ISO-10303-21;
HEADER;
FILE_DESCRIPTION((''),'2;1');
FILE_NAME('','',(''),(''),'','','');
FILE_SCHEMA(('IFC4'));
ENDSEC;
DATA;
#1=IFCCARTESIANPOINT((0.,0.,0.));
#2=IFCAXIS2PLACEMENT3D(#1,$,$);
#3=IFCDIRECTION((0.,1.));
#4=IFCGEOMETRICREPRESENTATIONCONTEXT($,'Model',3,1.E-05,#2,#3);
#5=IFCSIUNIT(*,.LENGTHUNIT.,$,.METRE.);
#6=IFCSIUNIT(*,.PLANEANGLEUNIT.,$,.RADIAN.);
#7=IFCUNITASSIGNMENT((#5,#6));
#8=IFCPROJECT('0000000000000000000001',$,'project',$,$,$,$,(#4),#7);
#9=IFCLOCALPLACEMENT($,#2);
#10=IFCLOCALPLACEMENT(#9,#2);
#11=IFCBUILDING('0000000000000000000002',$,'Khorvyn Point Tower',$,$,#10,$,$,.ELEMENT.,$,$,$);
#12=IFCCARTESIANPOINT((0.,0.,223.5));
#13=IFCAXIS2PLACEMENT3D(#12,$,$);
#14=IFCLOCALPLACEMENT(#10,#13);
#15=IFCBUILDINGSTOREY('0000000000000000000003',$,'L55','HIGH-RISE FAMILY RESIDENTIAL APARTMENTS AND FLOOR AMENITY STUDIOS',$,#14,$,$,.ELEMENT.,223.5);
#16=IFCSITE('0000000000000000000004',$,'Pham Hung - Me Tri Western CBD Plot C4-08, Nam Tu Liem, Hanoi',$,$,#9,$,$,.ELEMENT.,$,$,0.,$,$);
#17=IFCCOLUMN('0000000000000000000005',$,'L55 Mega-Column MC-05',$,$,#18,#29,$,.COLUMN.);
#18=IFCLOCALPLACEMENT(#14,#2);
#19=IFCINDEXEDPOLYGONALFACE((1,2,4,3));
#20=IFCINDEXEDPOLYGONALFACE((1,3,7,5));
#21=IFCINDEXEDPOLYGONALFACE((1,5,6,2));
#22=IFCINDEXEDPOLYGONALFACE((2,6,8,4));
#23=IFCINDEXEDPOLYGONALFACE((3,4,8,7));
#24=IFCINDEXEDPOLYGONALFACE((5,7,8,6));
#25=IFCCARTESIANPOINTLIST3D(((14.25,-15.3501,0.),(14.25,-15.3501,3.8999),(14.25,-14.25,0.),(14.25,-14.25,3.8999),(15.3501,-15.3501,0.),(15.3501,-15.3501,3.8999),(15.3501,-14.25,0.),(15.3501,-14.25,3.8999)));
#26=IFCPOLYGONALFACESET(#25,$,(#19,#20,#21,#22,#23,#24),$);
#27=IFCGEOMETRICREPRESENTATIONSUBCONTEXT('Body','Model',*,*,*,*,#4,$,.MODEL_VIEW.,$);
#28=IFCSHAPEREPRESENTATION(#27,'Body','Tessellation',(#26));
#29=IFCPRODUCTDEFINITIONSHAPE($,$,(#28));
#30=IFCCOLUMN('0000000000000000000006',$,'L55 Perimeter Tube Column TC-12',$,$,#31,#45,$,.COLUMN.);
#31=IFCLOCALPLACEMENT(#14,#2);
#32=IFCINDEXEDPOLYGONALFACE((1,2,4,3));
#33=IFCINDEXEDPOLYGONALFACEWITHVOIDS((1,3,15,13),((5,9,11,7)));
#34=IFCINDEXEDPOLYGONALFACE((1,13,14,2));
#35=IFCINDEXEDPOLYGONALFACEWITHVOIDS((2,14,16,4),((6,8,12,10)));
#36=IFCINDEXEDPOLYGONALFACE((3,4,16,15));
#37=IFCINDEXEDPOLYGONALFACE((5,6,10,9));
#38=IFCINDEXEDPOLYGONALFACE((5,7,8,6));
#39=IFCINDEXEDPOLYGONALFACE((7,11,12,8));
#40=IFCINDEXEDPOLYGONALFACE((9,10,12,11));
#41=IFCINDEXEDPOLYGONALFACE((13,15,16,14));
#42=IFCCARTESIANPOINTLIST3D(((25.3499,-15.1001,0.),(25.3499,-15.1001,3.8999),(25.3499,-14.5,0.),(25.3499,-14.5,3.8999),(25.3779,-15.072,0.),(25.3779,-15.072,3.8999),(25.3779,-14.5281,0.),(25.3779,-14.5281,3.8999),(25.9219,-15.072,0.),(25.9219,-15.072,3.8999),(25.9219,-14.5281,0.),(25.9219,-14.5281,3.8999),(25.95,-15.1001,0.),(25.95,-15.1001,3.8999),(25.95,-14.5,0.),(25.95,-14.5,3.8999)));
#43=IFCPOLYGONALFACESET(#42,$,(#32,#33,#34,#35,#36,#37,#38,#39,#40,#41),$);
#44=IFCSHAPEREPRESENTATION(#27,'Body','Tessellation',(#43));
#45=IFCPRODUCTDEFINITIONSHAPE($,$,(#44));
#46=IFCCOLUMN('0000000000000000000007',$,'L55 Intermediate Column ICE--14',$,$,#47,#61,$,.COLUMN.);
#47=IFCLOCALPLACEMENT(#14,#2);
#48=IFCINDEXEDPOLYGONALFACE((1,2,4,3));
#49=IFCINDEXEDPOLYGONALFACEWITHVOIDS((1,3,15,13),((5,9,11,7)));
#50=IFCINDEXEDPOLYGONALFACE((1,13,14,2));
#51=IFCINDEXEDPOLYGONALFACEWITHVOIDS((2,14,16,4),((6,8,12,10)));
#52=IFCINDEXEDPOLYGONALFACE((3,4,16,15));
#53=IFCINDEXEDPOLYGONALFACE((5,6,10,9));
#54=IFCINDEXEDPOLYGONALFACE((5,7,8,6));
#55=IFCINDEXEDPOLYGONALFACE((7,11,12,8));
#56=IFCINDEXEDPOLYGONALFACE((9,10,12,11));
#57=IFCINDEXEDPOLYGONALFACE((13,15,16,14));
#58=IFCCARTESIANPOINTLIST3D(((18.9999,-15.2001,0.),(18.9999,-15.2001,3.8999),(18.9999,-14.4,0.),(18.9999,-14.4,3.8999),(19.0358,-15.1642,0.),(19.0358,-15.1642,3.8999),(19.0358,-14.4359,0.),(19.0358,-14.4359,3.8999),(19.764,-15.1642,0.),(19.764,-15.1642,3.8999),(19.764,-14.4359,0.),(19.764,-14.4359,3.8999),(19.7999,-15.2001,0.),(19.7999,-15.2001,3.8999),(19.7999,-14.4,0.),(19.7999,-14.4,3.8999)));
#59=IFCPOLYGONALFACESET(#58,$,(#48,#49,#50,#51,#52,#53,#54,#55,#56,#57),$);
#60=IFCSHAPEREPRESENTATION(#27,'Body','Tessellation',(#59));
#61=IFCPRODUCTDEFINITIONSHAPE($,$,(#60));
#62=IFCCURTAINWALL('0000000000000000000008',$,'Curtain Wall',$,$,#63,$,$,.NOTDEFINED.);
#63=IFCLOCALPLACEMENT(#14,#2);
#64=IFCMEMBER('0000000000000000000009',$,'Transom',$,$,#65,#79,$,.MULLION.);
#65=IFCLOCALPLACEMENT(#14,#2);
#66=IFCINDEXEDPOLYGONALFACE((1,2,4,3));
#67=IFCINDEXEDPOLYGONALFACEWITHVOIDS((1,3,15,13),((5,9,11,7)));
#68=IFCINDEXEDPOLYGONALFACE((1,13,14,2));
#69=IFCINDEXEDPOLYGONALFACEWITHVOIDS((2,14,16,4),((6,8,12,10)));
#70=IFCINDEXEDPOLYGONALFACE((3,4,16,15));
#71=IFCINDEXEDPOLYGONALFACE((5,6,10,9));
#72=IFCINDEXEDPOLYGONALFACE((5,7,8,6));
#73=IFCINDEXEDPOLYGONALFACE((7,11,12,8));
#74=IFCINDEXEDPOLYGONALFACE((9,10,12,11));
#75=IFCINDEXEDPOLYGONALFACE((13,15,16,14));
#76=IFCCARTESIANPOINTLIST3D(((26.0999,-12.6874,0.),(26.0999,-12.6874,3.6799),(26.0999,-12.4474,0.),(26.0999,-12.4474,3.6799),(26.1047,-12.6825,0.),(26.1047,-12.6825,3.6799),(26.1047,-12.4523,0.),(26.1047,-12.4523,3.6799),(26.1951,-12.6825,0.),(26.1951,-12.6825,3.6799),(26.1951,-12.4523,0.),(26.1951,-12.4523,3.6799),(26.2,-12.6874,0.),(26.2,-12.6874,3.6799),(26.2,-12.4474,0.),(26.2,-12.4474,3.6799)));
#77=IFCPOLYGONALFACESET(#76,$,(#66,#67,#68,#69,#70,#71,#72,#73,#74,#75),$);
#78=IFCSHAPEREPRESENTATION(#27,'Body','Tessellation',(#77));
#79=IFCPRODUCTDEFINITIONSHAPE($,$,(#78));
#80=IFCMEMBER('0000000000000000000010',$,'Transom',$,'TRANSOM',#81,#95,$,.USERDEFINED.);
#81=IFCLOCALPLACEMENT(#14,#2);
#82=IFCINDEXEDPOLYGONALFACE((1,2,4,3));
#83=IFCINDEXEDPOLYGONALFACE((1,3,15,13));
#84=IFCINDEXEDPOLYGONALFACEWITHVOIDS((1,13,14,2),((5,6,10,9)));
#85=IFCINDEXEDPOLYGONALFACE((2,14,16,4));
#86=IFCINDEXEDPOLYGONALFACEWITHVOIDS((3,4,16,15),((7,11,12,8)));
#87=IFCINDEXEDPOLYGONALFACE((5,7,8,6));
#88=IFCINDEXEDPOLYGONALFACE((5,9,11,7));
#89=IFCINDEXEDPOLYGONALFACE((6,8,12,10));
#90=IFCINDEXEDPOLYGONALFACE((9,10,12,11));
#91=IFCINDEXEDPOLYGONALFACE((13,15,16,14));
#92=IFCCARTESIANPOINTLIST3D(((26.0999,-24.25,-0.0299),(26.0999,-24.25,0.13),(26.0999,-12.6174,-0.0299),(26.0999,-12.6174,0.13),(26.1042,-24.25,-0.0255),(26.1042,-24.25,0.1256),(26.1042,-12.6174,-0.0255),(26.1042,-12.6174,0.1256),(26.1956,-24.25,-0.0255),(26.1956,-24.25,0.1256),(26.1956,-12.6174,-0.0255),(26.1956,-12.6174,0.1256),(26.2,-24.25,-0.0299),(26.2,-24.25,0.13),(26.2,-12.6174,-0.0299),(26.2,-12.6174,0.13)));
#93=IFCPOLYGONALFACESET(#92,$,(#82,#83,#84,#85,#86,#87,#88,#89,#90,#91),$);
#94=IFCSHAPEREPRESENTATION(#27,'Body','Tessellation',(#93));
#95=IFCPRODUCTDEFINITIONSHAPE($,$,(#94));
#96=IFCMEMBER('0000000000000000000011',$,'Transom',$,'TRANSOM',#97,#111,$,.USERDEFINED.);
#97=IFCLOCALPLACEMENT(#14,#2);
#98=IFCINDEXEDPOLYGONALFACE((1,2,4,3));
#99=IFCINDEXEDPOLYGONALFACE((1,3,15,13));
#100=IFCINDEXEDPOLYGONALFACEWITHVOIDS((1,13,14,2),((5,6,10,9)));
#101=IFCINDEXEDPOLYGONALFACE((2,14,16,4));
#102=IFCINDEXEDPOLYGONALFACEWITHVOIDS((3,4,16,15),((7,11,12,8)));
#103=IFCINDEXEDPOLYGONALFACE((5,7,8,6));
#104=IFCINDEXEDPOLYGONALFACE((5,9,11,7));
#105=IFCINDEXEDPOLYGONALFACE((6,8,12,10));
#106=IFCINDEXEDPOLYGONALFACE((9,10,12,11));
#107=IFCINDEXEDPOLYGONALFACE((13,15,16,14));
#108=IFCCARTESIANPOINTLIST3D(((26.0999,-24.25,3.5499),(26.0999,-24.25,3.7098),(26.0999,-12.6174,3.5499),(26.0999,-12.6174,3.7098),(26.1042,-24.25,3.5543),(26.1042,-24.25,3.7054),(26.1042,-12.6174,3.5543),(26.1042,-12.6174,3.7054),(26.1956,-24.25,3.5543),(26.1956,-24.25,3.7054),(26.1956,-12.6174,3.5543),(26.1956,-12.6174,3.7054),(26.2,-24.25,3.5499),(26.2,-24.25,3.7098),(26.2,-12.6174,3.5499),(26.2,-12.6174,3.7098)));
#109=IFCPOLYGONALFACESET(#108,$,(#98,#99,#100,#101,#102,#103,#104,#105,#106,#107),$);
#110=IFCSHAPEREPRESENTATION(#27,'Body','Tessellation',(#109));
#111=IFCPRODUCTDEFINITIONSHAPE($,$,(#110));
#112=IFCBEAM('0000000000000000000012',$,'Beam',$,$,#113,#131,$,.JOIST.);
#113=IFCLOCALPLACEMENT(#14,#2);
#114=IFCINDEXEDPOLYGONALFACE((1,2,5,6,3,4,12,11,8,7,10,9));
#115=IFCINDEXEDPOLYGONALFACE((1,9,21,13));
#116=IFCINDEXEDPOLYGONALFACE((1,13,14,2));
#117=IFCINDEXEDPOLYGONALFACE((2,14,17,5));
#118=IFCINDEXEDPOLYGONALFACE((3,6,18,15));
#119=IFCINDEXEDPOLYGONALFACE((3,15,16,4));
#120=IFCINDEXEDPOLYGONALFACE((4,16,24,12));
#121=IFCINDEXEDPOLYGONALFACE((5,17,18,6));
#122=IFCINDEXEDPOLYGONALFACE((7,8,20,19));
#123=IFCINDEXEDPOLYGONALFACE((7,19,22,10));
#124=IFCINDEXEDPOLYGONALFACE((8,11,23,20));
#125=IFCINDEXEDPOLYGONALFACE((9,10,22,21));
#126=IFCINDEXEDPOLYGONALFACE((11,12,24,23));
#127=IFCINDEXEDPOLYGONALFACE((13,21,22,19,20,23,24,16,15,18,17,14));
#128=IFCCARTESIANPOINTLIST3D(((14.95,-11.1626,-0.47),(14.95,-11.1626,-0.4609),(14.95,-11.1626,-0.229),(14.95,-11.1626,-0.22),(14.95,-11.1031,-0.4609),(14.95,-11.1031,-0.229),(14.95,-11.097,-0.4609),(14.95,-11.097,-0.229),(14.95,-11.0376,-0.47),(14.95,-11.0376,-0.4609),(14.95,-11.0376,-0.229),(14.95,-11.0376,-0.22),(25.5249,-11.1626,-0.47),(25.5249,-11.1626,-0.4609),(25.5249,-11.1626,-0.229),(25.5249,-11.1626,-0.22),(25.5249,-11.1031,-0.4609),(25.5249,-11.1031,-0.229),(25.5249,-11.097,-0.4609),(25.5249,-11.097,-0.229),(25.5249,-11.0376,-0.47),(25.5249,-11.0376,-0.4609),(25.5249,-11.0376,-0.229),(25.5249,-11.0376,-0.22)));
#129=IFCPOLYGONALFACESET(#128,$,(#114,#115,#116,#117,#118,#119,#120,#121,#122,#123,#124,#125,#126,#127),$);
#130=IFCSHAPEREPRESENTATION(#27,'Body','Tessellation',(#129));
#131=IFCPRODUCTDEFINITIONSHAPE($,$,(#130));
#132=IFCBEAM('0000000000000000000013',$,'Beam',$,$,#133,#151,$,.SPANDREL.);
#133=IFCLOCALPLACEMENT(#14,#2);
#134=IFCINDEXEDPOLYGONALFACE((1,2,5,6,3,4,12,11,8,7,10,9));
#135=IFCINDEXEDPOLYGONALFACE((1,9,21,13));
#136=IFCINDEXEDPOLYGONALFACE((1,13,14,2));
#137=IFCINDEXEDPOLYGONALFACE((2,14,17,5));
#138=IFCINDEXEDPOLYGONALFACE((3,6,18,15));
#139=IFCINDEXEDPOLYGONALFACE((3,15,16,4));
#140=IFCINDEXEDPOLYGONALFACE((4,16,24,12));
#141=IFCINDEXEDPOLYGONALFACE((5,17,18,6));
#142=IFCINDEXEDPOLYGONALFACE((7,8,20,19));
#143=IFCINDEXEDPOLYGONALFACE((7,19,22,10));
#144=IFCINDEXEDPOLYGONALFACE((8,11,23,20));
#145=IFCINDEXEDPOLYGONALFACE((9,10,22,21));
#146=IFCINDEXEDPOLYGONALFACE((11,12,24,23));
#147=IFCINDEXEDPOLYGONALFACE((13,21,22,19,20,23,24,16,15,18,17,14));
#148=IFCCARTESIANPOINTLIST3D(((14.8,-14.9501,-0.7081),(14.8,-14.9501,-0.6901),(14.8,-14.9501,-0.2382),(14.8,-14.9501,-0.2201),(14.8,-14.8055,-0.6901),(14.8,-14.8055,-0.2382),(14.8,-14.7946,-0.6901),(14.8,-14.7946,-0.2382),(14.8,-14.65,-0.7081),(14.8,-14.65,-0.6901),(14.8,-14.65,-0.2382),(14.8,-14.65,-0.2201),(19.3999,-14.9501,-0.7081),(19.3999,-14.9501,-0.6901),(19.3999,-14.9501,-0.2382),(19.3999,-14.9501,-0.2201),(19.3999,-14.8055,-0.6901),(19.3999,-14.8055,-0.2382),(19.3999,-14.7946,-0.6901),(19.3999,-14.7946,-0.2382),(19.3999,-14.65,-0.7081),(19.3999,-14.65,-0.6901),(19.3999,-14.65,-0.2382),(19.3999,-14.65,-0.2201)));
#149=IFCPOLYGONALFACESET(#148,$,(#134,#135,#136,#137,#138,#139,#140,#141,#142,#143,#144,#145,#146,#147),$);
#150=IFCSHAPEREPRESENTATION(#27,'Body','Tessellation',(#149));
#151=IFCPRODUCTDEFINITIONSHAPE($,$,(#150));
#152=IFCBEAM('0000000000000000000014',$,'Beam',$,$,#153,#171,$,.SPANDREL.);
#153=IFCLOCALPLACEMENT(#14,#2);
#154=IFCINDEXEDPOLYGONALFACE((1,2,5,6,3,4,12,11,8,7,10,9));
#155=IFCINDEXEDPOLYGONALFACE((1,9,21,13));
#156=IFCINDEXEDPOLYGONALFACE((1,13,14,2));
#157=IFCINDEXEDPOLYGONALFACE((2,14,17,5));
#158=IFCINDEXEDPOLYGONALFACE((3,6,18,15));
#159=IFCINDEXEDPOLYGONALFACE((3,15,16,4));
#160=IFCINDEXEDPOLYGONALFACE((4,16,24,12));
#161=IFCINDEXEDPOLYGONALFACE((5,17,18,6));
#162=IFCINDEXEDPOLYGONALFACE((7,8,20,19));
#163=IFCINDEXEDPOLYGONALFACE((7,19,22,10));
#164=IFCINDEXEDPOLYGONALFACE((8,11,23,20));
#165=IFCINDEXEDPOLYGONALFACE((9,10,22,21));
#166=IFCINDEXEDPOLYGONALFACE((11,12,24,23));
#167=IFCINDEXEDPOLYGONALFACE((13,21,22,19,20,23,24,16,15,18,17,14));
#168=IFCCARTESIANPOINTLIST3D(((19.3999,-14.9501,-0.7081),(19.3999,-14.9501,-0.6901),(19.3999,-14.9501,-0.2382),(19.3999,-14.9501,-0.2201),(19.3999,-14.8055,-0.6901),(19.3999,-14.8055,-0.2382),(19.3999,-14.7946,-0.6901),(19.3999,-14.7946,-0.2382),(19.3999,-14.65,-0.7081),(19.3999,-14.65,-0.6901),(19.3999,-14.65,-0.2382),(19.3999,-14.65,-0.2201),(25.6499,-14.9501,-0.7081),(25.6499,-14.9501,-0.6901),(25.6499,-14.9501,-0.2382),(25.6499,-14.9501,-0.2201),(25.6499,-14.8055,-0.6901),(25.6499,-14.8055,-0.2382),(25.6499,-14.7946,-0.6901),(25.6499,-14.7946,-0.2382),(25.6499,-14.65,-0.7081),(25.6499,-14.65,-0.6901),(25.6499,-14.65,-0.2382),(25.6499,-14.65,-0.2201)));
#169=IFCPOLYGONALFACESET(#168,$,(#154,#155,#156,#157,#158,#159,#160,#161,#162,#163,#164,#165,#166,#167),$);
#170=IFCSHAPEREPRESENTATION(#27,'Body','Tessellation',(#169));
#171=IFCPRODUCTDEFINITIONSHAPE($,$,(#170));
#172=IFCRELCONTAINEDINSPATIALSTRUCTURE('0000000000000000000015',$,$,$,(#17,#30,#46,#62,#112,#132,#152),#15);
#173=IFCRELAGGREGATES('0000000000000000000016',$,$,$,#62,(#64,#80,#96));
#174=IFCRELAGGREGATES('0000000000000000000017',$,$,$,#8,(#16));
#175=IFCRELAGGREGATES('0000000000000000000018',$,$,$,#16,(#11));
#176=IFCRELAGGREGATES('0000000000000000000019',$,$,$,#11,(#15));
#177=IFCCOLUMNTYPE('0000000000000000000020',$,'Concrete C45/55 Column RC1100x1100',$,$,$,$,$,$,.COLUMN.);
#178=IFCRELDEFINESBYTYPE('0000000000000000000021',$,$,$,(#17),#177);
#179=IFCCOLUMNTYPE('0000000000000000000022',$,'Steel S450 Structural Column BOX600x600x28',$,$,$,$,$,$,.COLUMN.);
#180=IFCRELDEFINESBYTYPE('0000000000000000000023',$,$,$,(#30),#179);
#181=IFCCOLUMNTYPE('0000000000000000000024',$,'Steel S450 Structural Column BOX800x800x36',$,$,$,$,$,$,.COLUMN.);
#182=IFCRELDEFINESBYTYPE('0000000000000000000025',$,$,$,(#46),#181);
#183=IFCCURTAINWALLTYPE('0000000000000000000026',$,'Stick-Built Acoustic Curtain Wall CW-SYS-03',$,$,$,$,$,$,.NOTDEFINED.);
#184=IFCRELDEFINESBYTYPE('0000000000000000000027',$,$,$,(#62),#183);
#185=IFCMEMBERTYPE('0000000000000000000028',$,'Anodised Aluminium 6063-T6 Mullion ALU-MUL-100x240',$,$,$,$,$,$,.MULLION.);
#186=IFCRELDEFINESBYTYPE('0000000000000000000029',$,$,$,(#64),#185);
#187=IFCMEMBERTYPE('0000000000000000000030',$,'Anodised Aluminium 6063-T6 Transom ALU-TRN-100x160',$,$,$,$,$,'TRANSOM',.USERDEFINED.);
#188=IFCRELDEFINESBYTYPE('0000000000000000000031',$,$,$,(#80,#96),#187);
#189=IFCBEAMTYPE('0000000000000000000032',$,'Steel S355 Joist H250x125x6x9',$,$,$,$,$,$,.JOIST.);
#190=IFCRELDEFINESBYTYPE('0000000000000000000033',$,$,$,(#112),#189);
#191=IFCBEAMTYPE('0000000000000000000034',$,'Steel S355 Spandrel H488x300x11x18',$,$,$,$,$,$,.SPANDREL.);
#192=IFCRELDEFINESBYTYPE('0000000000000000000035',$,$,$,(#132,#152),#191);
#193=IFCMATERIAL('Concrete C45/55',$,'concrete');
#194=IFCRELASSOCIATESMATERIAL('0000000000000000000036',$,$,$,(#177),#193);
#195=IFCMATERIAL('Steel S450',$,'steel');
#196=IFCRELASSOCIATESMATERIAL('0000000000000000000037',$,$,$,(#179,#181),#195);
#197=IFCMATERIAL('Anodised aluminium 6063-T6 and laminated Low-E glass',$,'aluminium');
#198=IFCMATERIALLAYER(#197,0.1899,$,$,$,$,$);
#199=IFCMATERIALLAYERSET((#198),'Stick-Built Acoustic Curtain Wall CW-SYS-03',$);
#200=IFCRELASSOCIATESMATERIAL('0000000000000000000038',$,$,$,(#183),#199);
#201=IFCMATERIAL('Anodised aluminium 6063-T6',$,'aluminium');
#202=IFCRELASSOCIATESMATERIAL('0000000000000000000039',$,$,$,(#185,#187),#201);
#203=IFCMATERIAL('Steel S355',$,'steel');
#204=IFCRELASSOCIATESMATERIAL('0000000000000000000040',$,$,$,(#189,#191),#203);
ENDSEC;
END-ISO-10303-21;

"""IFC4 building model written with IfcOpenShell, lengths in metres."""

from ifc_helpers import new_model, si_unit, direction, frame, origin, origin_2d, place, context, subcontext, project, spatial, rectangle, hollow_rectangle, i_section, extrude, material, layer, layer_set, material_profile, profile_set, type_object, element, aggregate, save


model = new_model("IFC4")

# Units and contexts
model_context = context("Model", 3, precision=1e-05, world=origin(), true_north=direction((0.0, 1.0)))
body_context = subcontext(model_context, "Body", "Model", "MODEL_VIEW")
ifc_project = project(units=[si_unit("LENGTHUNIT", "METRE"), si_unit("PLANEANGLEUNIT", "RADIAN")], contexts=[model_context])

# Site, building, storey
site_placement = place(None, origin())
site = spatial("IfcSite", under=ifc_project, at=site_placement, Name="Pham Hung - Me Tri Western CBD Plot C4-08, Nam Tu Liem, Hanoi", CompositionType="ELEMENT", RefElevation=0.0)
building_placement = place(site_placement, origin())
building = spatial("IfcBuilding", under=site, at=building_placement, Name="Khorvyn Point Tower", CompositionType="ELEMENT")
storey_placement = place(building_placement, frame((0.0, 0.0, 223.5)))
storey = spatial("IfcBuildingStorey", under=building, at=storey_placement, Name="L55", Description="HIGH-RISE FAMILY RESIDENTIAL APARTMENTS AND FLOOR AMENITY STUDIOS", CompositionType="ELEMENT", Elevation=223.5)

# Columns
ifc_material_1 = material(Name="Concrete C45/55", Category="concrete")
ifc_material_profile_1 = material_profile(ifc_material_1, rectangle(XDim=1.1001, YDim=1.1001, at=origin_2d()))
ifc_profile_set_1 = profile_set([ifc_material_profile_1], Name="Concrete C45/55 RC1100x1100")
column_type_1 = type_object("IfcColumnType", Name="Concrete C45/55 Column RC1100x1100", PredefinedType="COLUMN", material=ifc_profile_set_1)
column_1_placement = place(storey_placement, frame((14.8, -14.8, 0.0), z_axis=(0.0, 0.0, 1.0), x_axis=(1.0, 0.0, 0.0)))
element("IfcColumn", 1, at=column_1_placement, inside=storey, type_object=column_type_1, Name="L55 Mega-Column MC-05", PredefinedType="COLUMN", context=body_context, shape_type="SweptSolid", body=[
    extrude(rectangle(XDim=1.1001, YDim=1.1001, at=origin_2d()), origin(), (0.0, 0.0, 1.0), 3.8999),
])
ifc_material_2 = material(Name="Steel S450", Category="steel")
ifc_material_profile_2 = material_profile(ifc_material_2, hollow_rectangle(XDim=0.6001, YDim=0.6001, WallThickness=0.0281, at=origin_2d()))
ifc_profile_set_2 = profile_set([ifc_material_profile_2], Name="Steel S450 BOX600x600x28")
column_type_2 = type_object("IfcColumnType", Name="Steel S450 Structural Column BOX600x600x28", PredefinedType="COLUMN", material=ifc_profile_set_2)
column_2_placement = place(storey_placement, frame((25.6499, -14.8, 0.0), z_axis=(0.0, 0.0, 1.0), x_axis=(1.0, 0.0, 0.0)))
element("IfcColumn", 2, at=column_2_placement, inside=storey, type_object=column_type_2, Name="L55 Perimeter Tube Column TC-12", PredefinedType="COLUMN", context=body_context, shape_type="SweptSolid", body=[
    extrude(hollow_rectangle(XDim=0.6001, YDim=0.6001, WallThickness=0.0281, at=origin_2d()), origin(), (0.0, 0.0, 1.0), 3.8999),
])
ifc_material_profile_3 = material_profile(ifc_material_2, hollow_rectangle(XDim=0.8, YDim=0.8, WallThickness=0.0359, at=origin_2d()))
ifc_profile_set_3 = profile_set([ifc_material_profile_3], Name="Steel S450 BOX800x800x36")
column_type_3 = type_object("IfcColumnType", Name="Steel S450 Structural Column BOX800x800x36", PredefinedType="COLUMN", material=ifc_profile_set_3)
column_3_placement = place(storey_placement, frame((19.3999, -14.8, 0.0), z_axis=(0.0, 0.0, 1.0), x_axis=(1.0, 0.0, 0.0)))
element("IfcColumn", 3, at=column_3_placement, inside=storey, type_object=column_type_3, Name="L55 Intermediate Column ICE--14", PredefinedType="COLUMN", context=body_context, shape_type="SweptSolid", body=[
    extrude(hollow_rectangle(XDim=0.8, YDim=0.8, WallThickness=0.0359, at=origin_2d()), origin(), (0.0, 0.0, 1.0), 3.8999),
])

# Curtain wall, members
ifc_material_3 = material(Name="Anodised aluminium 6063-T6 and laminated Low-E glass", Category="aluminium")
ifc_layer_1 = layer(ifc_material_3, 0.1899)
ifc_layer_set_1 = layer_set([ifc_layer_1], Name="Stick-Built Acoustic Curtain Wall CW-SYS-03")
curtain_wall_type = type_object("IfcCurtainWallType", Name="Stick-Built Acoustic Curtain Wall CW-SYS-03", PredefinedType="NOTDEFINED", material=ifc_layer_set_1)
curtain_wall_placement = place(storey_placement, origin())
curtain_wall = element("IfcCurtainWall", 4, at=curtain_wall_placement, inside=storey, type_object=curtain_wall_type, Name="Curtain Wall", PredefinedType="NOTDEFINED")
ifc_material_4 = material(Name="Anodised aluminium 6063-T6", Category="aluminium")
ifc_material_profile_4 = material_profile(ifc_material_4, hollow_rectangle(XDim=0.1001, YDim=0.24, WallThickness=0.0049, at=origin_2d()))
ifc_profile_set_4 = profile_set([ifc_material_profile_4], Name="Anodised aluminium 6063-T6 ALU-MUL-100x240")
member_type_1 = type_object("IfcMemberType", Name="Anodised Aluminium 6063-T6 Mullion ALU-MUL-100x240", PredefinedType="MULLION", material=ifc_profile_set_4)
member_1_placement = place(storey_placement, frame((26.1499, -12.5674, 0.0), z_axis=(0.0, 0.0, 1.0), x_axis=(1.0, 0.0, 0.0)))
member_1 = element("IfcMember", 5, at=member_1_placement, type_object=member_type_1, Name="Transom", PredefinedType="MULLION", context=body_context, shape_type="SweptSolid", body=[
    extrude(hollow_rectangle(XDim=0.1001, YDim=0.24, WallThickness=0.0049, at=origin_2d()), origin(), (0.0, 0.0, 1.0), 3.6799),
])
ifc_material_profile_5 = material_profile(ifc_material_4, hollow_rectangle(XDim=0.1001, YDim=0.1599, WallThickness=0.0044, at=origin_2d()))
ifc_profile_set_5 = profile_set([ifc_material_profile_5], Name="Anodised aluminium 6063-T6 ALU-TRN-100x160")
member_type_2 = type_object("IfcMemberType", Name="Anodised Aluminium 6063-T6 Transom ALU-TRN-100x160", ElementType="TRANSOM", PredefinedType="USERDEFINED", material=ifc_profile_set_5)
member_2_placement = place(storey_placement, frame((26.1499, -12.6174, 0.05), z_axis=(0.0, -1.0, 0.0), x_axis=(1.0, 0.0, 0.0)))
member_2 = element("IfcMember", 6, at=member_2_placement, type_object=member_type_2, Name="Transom", ObjectType="TRANSOM", PredefinedType="USERDEFINED", context=body_context, shape_type="SweptSolid", body=[
    extrude(hollow_rectangle(XDim=0.1001, YDim=0.1599, WallThickness=0.0044, at=origin_2d()), origin(), (0.0, 0.0, 1.0), 11.6326),
])
member_3_placement = place(storey_placement, frame((26.1499, -12.6174, 3.6299), z_axis=(0.0, -1.0, 0.0), x_axis=(1.0, 0.0, 0.0)))
member_3 = element("IfcMember", 7, at=member_3_placement, type_object=member_type_2, Name="Transom", ObjectType="TRANSOM", PredefinedType="USERDEFINED", context=body_context, shape_type="SweptSolid", body=[
    extrude(hollow_rectangle(XDim=0.1001, YDim=0.1599, WallThickness=0.0044, at=origin_2d()), origin(), (0.0, 0.0, 1.0), 11.6326),
])

# Beams
ifc_material_5 = material(Name="Steel S355", Category="steel")
ifc_material_profile_6 = material_profile(ifc_material_5, i_section(OverallWidth=0.125, OverallDepth=0.25, WebThickness=0.0061, FlangeThickness=0.009, at=origin_2d()))
ifc_profile_set_6 = profile_set([ifc_material_profile_6], Name="Steel S355 H250x125x6x9")
beam_type_1 = type_object("IfcBeamType", Name="Steel S355 Joist H250x125x6x9", PredefinedType="JOIST", material=ifc_profile_set_6)
beam_1_placement = place(storey_placement, frame((14.95, -11.1001, -0.345), z_axis=(1.0, 0.0, 0.0), x_axis=(0.0, 1.0, 0.0)))
element("IfcBeam", 8, at=beam_1_placement, inside=storey, type_object=beam_type_1, Name="Beam", PredefinedType="JOIST", context=body_context, shape_type="SweptSolid", body=[
    extrude(i_section(OverallWidth=0.125, OverallDepth=0.25, WebThickness=0.0061, FlangeThickness=0.009, at=origin_2d()), origin(), (0.0, 0.0, 1.0), 10.575),
])
ifc_material_profile_7 = material_profile(ifc_material_5, i_section(OverallWidth=0.3, OverallDepth=0.488, WebThickness=0.011, FlangeThickness=0.0181, at=origin_2d()))
ifc_profile_set_7 = profile_set([ifc_material_profile_7], Name="Steel S355 H488x300x11x18")
beam_type_2 = type_object("IfcBeamType", Name="Steel S355 Spandrel H488x300x11x18", PredefinedType="SPANDREL", material=ifc_profile_set_7)
beam_2_placement = place(storey_placement, frame((14.8, -14.8, -0.4641), z_axis=(1.0, 0.0, 0.0), x_axis=(0.0, 1.0, 0.0)))
element("IfcBeam", 9, at=beam_2_placement, inside=storey, type_object=beam_type_2, Name="Beam", PredefinedType="SPANDREL", context=body_context, shape_type="SweptSolid", body=[
    extrude(i_section(OverallWidth=0.3, OverallDepth=0.488, WebThickness=0.011, FlangeThickness=0.0181, at=origin_2d()), origin(), (0.0, 0.0, 1.0), 4.5999),
])
beam_3_placement = place(storey_placement, frame((19.3999, -14.8, -0.4641), z_axis=(1.0, 0.0, 0.0), x_axis=(0.0, 1.0, 0.0)))
element("IfcBeam", 10, at=beam_3_placement, inside=storey, type_object=beam_type_2, Name="Beam", PredefinedType="SPANDREL", context=body_context, shape_type="SweptSolid", body=[
    extrude(i_section(OverallWidth=0.3, OverallDepth=0.488, WebThickness=0.011, FlangeThickness=0.0181, at=origin_2d()), origin(), (0.0, 0.0, 1.0), 6.25),
])

aggregate(curtain_wall, [member_1, member_2, member_3])

save(model, "model.ifc")
